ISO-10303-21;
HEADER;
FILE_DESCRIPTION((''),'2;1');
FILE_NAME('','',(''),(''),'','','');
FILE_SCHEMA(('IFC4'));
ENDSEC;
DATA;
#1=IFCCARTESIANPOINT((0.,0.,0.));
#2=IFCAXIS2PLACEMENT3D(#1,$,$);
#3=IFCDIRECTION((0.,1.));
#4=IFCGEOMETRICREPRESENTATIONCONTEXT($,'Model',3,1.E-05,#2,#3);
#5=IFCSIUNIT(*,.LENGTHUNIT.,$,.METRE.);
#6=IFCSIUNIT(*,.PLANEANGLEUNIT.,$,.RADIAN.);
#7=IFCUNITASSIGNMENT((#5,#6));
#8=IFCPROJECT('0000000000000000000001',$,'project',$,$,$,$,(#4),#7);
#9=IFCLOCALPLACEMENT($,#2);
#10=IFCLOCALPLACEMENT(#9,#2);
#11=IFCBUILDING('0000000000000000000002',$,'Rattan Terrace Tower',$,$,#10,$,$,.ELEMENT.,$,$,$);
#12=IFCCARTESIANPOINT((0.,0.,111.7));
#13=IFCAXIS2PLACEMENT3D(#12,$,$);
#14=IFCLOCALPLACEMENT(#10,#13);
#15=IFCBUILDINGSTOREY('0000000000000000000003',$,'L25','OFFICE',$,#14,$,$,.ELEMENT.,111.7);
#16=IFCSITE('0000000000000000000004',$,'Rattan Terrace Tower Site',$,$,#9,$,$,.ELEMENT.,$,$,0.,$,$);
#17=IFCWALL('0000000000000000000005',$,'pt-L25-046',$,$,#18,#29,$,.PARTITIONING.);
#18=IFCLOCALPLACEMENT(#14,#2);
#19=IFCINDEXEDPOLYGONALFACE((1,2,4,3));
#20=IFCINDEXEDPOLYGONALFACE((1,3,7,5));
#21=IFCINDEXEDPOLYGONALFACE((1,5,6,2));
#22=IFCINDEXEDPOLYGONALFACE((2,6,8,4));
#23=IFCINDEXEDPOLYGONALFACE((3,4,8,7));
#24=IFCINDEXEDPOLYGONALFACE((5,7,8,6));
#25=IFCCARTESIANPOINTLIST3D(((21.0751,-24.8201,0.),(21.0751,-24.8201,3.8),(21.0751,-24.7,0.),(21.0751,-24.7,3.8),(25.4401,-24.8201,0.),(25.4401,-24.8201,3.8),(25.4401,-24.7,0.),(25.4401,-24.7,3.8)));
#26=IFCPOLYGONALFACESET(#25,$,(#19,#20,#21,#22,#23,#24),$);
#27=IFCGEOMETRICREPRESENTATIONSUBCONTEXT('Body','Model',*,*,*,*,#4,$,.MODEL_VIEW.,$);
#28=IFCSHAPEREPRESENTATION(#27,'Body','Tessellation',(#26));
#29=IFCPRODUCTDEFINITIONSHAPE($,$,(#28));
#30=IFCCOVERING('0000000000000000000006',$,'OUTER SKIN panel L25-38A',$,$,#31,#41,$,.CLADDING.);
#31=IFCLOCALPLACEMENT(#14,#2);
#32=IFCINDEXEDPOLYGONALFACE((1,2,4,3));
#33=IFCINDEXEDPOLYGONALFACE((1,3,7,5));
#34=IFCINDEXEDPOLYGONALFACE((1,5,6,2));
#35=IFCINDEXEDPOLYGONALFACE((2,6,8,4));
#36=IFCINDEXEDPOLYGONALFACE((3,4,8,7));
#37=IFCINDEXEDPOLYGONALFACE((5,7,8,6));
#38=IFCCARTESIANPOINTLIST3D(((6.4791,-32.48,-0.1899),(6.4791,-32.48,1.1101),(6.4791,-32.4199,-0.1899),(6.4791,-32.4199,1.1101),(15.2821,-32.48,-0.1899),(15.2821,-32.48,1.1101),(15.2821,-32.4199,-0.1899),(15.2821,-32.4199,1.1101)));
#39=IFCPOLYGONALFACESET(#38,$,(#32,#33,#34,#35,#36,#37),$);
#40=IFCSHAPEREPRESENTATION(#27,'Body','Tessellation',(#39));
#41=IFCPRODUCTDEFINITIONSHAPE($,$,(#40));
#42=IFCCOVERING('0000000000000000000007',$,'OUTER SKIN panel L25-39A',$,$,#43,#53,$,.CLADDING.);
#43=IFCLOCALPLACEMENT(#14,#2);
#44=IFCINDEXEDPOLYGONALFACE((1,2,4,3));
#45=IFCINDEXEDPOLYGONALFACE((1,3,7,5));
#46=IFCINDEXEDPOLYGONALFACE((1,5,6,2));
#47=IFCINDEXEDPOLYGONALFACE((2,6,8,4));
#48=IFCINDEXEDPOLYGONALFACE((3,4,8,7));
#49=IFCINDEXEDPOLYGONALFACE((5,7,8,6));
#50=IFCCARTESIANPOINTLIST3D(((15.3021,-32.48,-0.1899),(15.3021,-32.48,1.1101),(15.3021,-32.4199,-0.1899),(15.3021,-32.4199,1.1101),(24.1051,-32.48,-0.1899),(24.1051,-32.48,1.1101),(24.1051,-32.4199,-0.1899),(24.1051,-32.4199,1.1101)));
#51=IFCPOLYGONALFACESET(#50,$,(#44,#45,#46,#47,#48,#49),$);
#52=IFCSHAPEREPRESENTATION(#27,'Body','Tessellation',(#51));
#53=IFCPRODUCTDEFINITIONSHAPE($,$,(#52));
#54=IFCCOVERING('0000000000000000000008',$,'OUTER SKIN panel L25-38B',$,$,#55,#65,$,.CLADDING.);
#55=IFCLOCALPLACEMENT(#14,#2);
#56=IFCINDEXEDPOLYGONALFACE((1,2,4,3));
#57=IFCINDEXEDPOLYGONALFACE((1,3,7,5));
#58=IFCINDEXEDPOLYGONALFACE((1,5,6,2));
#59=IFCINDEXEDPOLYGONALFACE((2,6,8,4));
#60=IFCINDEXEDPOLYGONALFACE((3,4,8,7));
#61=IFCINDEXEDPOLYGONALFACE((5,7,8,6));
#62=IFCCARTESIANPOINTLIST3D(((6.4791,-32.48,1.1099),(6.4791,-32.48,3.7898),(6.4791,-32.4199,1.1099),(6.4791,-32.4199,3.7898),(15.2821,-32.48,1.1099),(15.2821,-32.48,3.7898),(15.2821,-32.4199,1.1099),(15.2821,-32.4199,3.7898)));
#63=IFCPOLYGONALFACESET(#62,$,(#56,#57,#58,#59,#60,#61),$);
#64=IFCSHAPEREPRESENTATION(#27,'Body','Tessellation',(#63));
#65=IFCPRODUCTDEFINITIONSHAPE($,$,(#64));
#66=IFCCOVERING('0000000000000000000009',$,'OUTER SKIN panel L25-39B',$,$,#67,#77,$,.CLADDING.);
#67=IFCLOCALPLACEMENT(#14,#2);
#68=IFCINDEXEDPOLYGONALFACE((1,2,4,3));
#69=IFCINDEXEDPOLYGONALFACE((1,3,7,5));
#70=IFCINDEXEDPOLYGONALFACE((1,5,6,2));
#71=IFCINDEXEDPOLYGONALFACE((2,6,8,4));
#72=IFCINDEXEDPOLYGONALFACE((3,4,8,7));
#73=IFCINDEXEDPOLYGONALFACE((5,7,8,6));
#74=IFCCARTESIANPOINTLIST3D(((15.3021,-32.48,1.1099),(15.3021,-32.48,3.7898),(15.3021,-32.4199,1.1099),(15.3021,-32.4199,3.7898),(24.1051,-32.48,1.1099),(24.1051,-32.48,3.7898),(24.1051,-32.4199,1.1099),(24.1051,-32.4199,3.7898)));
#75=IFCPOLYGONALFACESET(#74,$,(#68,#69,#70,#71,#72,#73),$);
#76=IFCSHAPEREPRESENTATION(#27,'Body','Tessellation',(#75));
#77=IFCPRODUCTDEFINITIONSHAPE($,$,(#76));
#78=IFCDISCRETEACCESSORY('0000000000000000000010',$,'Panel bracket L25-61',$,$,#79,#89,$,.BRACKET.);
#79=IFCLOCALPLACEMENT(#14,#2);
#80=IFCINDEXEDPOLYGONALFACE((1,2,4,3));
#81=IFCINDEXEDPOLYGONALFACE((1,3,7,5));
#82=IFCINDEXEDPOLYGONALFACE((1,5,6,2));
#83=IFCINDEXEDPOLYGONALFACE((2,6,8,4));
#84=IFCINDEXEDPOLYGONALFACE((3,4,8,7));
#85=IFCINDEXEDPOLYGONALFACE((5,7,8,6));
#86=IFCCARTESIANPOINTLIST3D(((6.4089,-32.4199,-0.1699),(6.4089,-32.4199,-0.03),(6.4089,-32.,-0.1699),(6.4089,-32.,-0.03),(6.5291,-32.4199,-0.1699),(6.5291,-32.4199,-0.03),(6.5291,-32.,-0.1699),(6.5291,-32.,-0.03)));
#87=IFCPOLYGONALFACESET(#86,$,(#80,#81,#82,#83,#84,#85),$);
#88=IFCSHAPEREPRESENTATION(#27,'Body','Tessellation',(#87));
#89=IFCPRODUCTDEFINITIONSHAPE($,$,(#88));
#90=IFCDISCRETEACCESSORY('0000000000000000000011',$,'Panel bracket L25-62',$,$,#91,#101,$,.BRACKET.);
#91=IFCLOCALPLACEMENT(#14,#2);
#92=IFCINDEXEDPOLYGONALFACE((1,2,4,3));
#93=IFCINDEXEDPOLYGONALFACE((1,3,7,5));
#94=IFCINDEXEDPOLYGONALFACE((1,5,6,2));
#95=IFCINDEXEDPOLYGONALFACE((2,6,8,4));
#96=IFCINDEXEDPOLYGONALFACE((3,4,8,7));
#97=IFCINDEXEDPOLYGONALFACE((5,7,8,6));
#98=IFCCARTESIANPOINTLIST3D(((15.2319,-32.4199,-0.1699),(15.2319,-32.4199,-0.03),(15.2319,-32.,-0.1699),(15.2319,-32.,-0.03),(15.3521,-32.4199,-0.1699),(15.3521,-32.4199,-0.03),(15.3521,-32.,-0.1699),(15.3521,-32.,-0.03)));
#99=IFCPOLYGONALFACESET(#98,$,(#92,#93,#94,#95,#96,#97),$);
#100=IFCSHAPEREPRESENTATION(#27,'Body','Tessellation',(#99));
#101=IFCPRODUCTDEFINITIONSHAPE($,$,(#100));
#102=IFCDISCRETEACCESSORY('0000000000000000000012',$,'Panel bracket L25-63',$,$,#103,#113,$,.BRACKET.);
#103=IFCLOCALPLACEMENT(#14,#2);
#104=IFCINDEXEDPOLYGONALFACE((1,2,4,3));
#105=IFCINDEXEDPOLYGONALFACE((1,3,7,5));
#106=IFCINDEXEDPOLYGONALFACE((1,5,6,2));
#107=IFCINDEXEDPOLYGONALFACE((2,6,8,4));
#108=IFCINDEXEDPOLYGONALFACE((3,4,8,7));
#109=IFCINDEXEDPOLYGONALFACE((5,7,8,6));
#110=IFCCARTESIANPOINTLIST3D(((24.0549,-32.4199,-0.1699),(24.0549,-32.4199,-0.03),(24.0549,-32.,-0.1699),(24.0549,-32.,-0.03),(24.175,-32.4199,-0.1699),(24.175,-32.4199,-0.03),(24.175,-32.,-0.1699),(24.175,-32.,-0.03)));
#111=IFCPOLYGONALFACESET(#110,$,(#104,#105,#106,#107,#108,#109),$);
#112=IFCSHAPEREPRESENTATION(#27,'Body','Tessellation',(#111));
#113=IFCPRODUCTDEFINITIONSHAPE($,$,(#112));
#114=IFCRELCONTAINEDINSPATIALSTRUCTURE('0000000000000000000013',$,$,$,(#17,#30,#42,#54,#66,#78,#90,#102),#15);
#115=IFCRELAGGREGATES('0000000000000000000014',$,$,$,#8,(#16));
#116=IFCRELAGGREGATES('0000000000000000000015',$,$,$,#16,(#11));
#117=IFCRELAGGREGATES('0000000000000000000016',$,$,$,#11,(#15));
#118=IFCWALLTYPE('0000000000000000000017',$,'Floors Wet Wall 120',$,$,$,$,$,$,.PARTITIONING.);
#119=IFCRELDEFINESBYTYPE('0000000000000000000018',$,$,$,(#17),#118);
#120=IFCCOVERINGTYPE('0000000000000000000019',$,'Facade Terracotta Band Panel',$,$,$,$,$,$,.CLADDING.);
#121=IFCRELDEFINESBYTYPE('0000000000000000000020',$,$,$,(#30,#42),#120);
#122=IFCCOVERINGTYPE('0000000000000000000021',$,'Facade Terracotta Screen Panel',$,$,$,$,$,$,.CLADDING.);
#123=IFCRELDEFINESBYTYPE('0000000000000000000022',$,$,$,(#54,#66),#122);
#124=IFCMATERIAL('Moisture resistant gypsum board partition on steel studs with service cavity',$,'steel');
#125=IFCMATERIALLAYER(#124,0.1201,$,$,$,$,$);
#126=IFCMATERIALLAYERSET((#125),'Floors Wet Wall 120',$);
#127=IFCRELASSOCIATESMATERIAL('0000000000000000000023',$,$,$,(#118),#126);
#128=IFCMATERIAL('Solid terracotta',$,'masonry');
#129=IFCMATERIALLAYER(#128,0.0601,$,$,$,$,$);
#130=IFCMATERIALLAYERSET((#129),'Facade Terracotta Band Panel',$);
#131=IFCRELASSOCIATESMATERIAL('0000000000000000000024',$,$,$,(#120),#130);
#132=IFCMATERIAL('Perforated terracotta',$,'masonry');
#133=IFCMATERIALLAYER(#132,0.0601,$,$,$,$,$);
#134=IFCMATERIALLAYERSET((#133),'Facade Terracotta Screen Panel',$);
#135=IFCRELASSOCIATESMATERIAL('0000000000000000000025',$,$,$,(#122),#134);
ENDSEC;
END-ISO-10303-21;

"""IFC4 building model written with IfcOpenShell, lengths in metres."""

from ifc_helpers import new_model, si_unit, direction, frame, frame_2d, origin, origin_2d, place, context, subcontext, project, spatial, rectangle, extrude, material, layer, layer_set, type_object, element, save


model = new_model("IFC4")

# Units and contexts
model_context = context("Model", 3, precision=1e-05, world=origin(), true_north=direction((0.0, 1.0)))
body_context = subcontext(model_context, "Body", "Model", "MODEL_VIEW")
ifc_project = project(units=[si_unit("LENGTHUNIT", "METRE"), si_unit("PLANEANGLEUNIT", "RADIAN")], contexts=[model_context])

# Site, building, storey
site_placement = place(None, origin())
site = spatial("IfcSite", under=ifc_project, at=site_placement, Name="Rattan Terrace Tower Site", CompositionType="ELEMENT", RefElevation=0.0)
building_placement = place(site_placement, origin())
building = spatial("IfcBuilding", under=site, at=building_placement, Name="Rattan Terrace Tower", CompositionType="ELEMENT")
storey_placement = place(building_placement, frame((0.0, 0.0, 111.7)))
storey = spatial("IfcBuildingStorey", under=building, at=storey_placement, Name="L25", Description="OFFICE", CompositionType="ELEMENT", Elevation=111.7)

# Wall
ifc_material_1 = material(Name="Moisture resistant gypsum board partition on steel studs with service cavity", Category="steel")
ifc_layer_1 = layer(ifc_material_1, 0.1201)
ifc_layer_set_1 = layer_set([ifc_layer_1], Name="Floors Wet Wall 120")
wall_type_1 = type_object("IfcWallType", Name="Floors Wet Wall 120", PredefinedType="PARTITIONING", material=ifc_layer_set_1)
wall_1_placement = place(storey_placement, frame((21.075, -24.76, 0.0), z_axis=(0.0, 0.0, 1.0), x_axis=(1.0, 0.0, 0.0)))
element("IfcWall", 1, at=wall_1_placement, inside=storey, type_object=wall_type_1, Name="pt-L25-046", PredefinedType="PARTITIONING", context=body_context, shape_type="SweptSolid", body=[
    extrude(rectangle(XDim=4.365, YDim=0.1201, at=frame_2d((2.1826, 0.0))), origin(), (0.0, 0.0, 1.0), 3.8),
])

# Coverings
ifc_material_2 = material(Name="Solid terracotta", Category="masonry")
ifc_layer_2 = layer(ifc_material_2, 0.0601)
ifc_layer_set_2 = layer_set([ifc_layer_2], Name="Facade Terracotta Band Panel")
covering_type_1 = type_object("IfcCoveringType", Name="Facade Terracotta Band Panel", PredefinedType="CLADDING", material=ifc_layer_set_2)
for number, where, z_axis, x_axis, name in (
    (2, (10.8806, -32.45, -0.1899), (0.0, 0.0, 1.0), (1.0, 0.0, 0.0), "OUTER SKIN panel L25-38A"),
    (3, (19.7036, -32.45, -0.1899), (0.0, 0.0, 1.0), (1.0, 0.0, 0.0), "OUTER SKIN panel L25-39A"),
):
    element("IfcCovering", number, at=place(storey_placement, frame(where, z_axis=z_axis, x_axis=x_axis)), inside=storey, type_object=covering_type_1, Name=name, PredefinedType="CLADDING", context=body_context, shape_type="SweptSolid", body=[
        extrude(rectangle(XDim=8.803, YDim=0.0601, at=origin_2d()), origin(), (0.0, 0.0, 1.0), 1.3),
    ])
ifc_material_3 = material(Name="Perforated terracotta", Category="masonry")
ifc_layer_3 = layer(ifc_material_3, 0.0601)
ifc_layer_set_3 = layer_set([ifc_layer_3], Name="Facade Terracotta Screen Panel")
covering_type_2 = type_object("IfcCoveringType", Name="Facade Terracotta Screen Panel", PredefinedType="CLADDING", material=ifc_layer_set_3)
for number, where, z_axis, x_axis, name in (
    (4, (10.8806, -32.45, 1.1099), (0.0, 0.0, 1.0), (1.0, 0.0, 0.0), "OUTER SKIN panel L25-38B"),
    (5, (19.7036, -32.45, 1.1099), (0.0, 0.0, 1.0), (1.0, 0.0, 0.0), "OUTER SKIN panel L25-39B"),
):
    element("IfcCovering", number, at=place(storey_placement, frame(where, z_axis=z_axis, x_axis=x_axis)), inside=storey, type_object=covering_type_2, Name=name, PredefinedType="CLADDING", context=body_context, shape_type="SweptSolid", body=[
        extrude(rectangle(XDim=8.803, YDim=0.0601, at=origin_2d()), origin(), (0.0, 0.0, 1.0), 2.6799),
    ])

# Discrete accessories
for number, where, z_axis, x_axis, name in (
    (6, (6.469, -32.21, -0.1699), (0.0, 0.0, 1.0), (1.0, 0.0, 0.0), "Panel bracket L25-61"),
    (7, (15.292, -32.21, -0.1699), (0.0, 0.0, 1.0), (1.0, 0.0, 0.0), "Panel bracket L25-62"),
    (8, (24.115, -32.21, -0.1699), (0.0, 0.0, 1.0), (1.0, 0.0, 0.0), "Panel bracket L25-63"),
):
    element("IfcDiscreteAccessory", number, at=place(storey_placement, frame(where, z_axis=z_axis, x_axis=x_axis)), inside=storey, Name=name, PredefinedType="BRACKET", context=body_context, shape_type="SweptSolid", body=[
        extrude(rectangle(XDim=0.1201, YDim=0.4199, at=origin_2d()), origin(), (0.0, 0.0, 1.0), 0.1399),
    ])

save(model, "model.ifc")
